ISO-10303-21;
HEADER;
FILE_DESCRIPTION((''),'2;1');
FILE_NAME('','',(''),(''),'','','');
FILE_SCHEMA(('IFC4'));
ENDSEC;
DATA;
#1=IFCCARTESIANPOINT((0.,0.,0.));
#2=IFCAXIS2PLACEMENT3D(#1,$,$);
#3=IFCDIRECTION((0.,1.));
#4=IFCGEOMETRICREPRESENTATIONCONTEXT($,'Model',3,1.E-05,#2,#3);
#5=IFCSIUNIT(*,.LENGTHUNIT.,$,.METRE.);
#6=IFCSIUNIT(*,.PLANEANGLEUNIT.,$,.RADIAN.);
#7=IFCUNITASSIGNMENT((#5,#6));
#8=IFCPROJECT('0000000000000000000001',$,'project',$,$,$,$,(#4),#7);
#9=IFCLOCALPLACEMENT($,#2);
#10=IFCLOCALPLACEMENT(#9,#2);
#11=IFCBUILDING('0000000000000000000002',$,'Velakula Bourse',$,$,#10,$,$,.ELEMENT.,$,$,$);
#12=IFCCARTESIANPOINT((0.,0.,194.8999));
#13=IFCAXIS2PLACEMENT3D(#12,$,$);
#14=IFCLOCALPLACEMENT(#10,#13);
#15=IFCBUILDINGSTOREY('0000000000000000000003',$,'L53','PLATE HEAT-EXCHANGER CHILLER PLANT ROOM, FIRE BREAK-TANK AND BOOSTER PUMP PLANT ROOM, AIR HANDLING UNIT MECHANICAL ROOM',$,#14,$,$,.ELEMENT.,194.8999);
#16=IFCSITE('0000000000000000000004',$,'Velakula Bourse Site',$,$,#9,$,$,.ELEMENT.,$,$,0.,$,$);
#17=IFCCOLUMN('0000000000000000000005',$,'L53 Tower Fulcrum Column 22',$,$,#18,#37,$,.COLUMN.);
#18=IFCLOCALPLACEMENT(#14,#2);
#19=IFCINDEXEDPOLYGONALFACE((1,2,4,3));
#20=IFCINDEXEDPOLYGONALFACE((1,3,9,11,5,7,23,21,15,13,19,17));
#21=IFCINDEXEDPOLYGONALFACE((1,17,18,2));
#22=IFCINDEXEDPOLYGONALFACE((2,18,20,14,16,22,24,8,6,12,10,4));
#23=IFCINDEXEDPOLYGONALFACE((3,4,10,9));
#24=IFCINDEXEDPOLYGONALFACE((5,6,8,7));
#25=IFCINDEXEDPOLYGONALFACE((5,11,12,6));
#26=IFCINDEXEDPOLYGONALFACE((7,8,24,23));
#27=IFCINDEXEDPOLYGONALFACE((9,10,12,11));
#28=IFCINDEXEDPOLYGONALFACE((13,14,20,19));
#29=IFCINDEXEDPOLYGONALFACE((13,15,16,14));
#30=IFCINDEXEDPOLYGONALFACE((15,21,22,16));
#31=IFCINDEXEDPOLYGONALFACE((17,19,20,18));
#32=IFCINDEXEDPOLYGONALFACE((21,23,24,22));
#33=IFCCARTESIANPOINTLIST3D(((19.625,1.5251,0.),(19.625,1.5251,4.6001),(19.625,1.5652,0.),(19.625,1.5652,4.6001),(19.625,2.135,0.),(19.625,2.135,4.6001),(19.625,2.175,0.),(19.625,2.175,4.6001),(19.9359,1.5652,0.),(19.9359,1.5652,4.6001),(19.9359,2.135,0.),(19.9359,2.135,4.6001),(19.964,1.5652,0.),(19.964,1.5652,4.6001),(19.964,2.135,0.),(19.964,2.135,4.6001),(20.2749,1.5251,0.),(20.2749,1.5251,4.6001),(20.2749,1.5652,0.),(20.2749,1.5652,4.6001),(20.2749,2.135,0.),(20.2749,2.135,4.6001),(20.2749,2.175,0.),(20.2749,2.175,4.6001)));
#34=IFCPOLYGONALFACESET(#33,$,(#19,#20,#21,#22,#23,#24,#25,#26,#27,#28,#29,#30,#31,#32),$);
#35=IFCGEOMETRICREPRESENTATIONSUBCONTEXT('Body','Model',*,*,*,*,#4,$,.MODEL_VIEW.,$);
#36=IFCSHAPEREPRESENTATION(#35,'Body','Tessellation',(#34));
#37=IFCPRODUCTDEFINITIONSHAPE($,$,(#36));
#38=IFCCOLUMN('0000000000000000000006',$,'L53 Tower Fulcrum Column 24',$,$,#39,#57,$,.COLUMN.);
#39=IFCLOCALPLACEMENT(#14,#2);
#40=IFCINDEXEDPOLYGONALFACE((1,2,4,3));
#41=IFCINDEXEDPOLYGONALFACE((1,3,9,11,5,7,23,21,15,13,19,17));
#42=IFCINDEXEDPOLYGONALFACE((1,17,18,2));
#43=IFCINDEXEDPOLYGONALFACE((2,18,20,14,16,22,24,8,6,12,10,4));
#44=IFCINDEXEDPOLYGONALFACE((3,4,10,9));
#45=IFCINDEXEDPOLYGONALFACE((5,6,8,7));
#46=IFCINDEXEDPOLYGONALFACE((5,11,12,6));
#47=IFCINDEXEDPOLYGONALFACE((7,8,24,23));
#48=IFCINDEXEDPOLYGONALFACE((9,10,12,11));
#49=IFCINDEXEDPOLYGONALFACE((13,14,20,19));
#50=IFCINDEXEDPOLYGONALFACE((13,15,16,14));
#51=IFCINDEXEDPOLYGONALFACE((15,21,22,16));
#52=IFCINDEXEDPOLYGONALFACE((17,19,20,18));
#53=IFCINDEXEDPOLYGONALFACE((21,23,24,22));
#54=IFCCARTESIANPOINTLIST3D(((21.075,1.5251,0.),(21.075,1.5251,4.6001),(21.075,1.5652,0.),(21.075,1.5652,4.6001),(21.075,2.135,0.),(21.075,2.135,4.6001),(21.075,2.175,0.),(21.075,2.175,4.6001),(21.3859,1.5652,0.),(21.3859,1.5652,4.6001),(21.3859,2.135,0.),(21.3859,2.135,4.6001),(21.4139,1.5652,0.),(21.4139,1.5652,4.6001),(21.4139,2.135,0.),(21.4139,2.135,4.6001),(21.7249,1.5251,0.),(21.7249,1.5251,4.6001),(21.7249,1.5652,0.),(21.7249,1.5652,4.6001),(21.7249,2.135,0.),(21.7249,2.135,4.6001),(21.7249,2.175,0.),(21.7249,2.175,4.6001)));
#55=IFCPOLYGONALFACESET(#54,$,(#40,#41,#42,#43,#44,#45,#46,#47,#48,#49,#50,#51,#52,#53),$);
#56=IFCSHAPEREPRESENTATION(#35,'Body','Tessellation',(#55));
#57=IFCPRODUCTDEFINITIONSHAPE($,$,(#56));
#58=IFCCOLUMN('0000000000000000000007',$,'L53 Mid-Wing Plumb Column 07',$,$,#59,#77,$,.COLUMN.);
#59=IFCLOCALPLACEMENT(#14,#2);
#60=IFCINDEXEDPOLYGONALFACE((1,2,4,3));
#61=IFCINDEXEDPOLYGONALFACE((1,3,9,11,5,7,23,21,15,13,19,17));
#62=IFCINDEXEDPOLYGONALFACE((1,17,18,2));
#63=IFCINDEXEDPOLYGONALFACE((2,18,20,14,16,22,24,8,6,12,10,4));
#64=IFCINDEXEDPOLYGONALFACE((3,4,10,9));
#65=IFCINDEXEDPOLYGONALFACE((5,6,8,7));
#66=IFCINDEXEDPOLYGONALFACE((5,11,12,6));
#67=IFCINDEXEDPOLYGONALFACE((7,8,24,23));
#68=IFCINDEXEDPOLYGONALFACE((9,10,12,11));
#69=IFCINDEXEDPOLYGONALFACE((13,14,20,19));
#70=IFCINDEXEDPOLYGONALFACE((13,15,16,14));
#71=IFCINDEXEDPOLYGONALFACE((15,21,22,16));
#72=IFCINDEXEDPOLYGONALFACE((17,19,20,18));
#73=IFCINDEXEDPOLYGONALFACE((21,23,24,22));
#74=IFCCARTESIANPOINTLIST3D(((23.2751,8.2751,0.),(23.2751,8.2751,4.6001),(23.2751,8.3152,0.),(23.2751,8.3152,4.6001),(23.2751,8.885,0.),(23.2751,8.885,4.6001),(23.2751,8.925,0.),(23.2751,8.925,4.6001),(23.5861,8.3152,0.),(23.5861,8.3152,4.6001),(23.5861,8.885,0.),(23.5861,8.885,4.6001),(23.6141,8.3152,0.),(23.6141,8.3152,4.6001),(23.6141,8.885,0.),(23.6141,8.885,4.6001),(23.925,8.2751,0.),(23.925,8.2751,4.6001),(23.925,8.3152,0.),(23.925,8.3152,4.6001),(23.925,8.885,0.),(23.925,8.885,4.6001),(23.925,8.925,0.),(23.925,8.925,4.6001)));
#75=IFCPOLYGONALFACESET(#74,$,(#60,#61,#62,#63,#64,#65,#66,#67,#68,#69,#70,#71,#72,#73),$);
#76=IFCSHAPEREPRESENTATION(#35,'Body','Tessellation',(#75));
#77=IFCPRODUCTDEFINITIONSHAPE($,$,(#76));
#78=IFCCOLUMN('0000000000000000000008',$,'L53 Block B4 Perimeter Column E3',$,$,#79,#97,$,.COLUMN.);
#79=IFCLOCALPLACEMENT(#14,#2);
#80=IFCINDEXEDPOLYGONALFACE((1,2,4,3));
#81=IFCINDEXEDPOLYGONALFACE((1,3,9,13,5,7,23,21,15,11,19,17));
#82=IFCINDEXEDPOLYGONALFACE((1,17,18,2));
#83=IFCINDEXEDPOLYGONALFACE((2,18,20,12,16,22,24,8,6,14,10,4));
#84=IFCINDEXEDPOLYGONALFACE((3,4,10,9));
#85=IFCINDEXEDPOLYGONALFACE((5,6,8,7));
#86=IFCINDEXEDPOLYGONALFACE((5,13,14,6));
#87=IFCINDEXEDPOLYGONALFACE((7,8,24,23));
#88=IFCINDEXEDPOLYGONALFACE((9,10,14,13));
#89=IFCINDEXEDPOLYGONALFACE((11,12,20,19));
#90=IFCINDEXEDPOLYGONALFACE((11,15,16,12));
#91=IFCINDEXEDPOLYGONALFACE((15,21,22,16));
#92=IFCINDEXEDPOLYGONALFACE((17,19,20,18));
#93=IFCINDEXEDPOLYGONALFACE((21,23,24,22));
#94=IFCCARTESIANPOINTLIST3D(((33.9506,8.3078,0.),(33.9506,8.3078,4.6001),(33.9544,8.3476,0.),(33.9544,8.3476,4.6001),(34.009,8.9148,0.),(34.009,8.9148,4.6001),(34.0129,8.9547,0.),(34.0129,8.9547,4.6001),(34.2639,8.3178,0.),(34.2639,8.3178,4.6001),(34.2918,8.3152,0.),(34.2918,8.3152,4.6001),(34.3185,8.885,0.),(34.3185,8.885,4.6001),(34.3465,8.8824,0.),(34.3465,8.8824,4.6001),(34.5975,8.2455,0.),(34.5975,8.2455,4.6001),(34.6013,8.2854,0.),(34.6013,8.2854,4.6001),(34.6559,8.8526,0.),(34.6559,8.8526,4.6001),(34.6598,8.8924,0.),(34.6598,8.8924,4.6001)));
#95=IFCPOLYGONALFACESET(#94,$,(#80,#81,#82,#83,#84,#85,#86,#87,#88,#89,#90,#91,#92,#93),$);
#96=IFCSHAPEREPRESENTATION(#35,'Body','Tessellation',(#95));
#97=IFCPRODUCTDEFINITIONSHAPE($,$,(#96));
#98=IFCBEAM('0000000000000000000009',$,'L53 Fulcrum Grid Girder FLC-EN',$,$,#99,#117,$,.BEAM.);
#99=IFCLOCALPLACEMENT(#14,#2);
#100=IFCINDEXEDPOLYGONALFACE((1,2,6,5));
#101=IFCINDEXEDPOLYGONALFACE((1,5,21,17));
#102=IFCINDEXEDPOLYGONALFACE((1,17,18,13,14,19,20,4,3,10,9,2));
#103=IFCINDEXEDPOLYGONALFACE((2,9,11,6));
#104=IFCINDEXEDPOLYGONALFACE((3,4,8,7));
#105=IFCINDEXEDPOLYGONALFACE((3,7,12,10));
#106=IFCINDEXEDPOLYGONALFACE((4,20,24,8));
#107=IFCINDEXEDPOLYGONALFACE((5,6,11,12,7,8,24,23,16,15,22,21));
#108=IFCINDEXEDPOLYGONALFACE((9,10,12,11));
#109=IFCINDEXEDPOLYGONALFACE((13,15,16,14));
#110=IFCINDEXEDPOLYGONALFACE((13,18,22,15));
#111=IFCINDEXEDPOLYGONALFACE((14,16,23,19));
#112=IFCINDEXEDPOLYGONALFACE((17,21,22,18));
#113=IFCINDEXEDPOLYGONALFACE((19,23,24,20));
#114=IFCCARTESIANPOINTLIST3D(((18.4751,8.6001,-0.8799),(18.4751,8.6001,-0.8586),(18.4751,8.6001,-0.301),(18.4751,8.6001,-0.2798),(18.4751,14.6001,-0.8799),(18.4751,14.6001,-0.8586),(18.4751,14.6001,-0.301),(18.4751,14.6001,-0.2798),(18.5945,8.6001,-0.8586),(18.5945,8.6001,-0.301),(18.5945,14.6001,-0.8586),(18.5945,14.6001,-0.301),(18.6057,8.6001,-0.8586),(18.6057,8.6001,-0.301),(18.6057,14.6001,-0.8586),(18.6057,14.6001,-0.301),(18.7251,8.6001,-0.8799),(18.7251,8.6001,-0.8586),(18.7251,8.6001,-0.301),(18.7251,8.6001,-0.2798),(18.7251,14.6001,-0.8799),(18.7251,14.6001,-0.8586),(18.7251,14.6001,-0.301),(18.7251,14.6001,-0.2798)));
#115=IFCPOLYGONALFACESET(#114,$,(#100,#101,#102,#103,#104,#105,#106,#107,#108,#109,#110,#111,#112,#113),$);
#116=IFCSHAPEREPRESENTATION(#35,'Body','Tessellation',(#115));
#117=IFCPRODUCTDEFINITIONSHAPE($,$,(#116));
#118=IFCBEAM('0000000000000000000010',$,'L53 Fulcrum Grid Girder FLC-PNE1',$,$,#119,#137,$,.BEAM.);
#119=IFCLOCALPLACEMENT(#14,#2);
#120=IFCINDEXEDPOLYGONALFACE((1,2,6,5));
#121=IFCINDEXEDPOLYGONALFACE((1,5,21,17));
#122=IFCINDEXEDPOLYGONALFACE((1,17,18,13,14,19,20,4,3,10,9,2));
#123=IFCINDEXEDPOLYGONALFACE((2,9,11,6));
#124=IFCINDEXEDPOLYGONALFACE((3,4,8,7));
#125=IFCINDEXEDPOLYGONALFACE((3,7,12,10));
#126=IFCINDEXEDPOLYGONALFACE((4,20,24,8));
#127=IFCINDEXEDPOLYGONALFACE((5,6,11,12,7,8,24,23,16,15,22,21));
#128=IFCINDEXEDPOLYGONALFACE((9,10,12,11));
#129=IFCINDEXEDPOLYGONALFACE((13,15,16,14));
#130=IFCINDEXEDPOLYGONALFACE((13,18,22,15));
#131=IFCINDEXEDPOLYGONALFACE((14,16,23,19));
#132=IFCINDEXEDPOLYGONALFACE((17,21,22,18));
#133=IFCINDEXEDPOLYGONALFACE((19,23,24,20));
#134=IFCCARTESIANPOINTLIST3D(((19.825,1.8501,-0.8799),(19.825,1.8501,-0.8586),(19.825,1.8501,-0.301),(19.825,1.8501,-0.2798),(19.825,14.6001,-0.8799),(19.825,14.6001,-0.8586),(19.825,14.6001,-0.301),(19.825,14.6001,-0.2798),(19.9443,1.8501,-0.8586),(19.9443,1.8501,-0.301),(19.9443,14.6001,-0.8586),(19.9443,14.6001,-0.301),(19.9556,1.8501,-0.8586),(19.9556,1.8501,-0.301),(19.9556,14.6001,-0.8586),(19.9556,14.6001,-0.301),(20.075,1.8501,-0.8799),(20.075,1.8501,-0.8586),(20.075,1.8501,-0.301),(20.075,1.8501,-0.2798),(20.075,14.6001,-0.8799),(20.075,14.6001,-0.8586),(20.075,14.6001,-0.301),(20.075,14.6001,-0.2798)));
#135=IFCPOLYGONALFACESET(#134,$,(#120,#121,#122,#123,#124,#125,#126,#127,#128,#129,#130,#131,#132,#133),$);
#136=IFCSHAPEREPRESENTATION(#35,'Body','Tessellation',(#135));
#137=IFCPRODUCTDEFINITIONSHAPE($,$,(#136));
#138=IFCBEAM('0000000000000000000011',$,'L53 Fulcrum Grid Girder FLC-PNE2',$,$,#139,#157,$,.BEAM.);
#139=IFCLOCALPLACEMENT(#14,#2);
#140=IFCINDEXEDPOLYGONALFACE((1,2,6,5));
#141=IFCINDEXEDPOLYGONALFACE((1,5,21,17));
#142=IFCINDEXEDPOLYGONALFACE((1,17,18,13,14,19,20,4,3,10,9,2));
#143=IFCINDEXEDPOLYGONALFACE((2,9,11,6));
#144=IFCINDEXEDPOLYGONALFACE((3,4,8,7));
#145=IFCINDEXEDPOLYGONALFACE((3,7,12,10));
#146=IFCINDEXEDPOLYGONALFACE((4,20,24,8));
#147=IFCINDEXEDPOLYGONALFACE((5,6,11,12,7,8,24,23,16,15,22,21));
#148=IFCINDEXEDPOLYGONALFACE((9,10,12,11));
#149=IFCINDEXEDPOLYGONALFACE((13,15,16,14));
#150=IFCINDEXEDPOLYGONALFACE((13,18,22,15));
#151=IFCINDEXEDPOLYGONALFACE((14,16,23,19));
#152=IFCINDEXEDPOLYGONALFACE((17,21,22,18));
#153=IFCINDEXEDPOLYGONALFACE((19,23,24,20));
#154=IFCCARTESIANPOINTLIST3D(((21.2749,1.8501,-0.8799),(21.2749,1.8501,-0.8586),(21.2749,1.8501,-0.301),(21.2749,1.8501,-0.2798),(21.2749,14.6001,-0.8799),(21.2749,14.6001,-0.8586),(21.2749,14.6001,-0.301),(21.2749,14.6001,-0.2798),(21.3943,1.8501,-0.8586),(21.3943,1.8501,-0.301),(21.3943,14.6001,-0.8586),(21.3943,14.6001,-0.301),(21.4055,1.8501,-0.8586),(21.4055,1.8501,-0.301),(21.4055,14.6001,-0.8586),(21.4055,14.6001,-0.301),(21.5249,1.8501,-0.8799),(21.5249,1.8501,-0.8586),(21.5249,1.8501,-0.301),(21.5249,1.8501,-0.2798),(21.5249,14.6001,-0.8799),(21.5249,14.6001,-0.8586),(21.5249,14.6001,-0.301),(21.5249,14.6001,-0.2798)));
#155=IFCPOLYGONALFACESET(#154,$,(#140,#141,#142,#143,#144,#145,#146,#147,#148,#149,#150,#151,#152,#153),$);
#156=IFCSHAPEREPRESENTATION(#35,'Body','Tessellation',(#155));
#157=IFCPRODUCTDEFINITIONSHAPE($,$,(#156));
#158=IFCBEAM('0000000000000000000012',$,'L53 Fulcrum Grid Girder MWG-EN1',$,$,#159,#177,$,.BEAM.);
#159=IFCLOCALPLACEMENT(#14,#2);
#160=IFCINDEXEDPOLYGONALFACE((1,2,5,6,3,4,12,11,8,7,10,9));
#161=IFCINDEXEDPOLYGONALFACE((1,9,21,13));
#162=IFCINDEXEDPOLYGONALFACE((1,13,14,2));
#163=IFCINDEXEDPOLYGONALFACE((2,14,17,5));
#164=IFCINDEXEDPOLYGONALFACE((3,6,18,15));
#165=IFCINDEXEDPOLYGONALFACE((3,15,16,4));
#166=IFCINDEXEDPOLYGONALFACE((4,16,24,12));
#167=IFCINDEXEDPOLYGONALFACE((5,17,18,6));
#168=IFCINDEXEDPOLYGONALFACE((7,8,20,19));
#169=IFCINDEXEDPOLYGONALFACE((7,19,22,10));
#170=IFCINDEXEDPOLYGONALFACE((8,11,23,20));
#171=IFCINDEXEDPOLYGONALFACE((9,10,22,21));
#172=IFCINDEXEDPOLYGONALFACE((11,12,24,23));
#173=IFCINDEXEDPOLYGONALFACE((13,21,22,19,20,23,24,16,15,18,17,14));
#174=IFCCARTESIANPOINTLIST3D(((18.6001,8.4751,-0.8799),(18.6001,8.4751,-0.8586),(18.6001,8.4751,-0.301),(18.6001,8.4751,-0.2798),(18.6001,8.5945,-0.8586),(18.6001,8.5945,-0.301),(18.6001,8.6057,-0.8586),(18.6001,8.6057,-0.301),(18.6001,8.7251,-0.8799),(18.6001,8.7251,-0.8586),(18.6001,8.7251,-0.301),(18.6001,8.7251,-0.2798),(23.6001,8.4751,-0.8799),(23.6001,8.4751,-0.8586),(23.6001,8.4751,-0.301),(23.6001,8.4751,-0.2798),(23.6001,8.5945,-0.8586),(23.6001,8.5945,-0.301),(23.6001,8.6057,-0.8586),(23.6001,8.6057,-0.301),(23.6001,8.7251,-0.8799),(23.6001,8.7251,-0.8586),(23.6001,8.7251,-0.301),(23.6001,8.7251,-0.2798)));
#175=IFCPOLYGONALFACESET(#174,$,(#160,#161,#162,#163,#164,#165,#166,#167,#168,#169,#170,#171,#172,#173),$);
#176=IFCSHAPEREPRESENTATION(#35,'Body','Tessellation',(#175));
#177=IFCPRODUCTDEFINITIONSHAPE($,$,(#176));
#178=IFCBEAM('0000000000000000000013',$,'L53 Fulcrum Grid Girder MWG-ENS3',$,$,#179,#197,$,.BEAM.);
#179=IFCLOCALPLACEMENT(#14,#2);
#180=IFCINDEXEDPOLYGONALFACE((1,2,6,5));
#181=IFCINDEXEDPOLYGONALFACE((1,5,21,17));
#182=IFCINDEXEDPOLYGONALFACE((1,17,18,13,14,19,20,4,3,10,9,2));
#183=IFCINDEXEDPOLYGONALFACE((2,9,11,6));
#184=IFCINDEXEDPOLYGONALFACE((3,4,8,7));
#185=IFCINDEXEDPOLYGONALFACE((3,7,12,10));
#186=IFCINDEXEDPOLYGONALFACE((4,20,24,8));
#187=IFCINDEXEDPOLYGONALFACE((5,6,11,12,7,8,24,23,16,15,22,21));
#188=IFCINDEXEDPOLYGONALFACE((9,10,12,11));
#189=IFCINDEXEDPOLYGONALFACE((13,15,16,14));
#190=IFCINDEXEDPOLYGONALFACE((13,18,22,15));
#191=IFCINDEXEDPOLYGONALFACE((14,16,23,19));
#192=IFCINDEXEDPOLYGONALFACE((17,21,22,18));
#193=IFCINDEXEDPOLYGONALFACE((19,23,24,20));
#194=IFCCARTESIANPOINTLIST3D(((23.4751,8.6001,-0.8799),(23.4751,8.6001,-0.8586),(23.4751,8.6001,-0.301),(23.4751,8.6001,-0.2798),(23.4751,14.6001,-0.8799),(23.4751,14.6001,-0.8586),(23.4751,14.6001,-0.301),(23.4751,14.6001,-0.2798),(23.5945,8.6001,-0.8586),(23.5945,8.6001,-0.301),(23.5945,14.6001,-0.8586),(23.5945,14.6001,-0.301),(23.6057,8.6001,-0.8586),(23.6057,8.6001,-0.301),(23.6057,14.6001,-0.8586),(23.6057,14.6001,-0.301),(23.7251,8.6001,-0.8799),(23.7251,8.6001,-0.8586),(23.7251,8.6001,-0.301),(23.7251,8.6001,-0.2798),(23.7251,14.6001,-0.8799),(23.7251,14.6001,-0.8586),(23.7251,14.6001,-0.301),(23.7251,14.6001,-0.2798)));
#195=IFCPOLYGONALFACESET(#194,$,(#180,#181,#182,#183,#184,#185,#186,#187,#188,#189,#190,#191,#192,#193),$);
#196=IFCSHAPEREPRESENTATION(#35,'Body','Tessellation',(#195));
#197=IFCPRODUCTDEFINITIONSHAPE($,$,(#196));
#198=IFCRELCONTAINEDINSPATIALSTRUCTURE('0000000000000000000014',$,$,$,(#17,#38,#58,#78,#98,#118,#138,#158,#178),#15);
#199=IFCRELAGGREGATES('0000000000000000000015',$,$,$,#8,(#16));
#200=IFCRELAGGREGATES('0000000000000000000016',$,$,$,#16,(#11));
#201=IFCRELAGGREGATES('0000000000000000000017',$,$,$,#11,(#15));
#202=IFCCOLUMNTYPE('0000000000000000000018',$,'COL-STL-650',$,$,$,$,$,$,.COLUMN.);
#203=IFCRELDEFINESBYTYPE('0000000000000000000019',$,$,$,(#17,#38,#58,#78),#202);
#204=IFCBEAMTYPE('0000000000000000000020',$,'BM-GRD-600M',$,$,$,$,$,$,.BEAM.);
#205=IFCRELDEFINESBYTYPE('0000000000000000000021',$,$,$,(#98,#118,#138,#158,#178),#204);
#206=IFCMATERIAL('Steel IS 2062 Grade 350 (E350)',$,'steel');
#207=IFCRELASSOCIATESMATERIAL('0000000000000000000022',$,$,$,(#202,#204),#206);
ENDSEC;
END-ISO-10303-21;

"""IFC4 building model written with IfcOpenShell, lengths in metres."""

from ifc_helpers import new_model, si_unit, direction, frame, origin, origin_2d, place, context, subcontext, project, spatial, i_section, extrude, material, material_profile, profile_set, type_object, element, save


model = new_model("IFC4")

# Units and contexts
model_context = context("Model", 3, precision=1e-05, world=origin(), true_north=direction((0.0, 1.0)))
body_context = subcontext(model_context, "Body", "Model", "MODEL_VIEW")
ifc_project = project(units=[si_unit("LENGTHUNIT", "METRE"), si_unit("PLANEANGLEUNIT", "RADIAN")], contexts=[model_context])

# Site, building, storey
site_placement = place(None, origin())
site = spatial("IfcSite", under=ifc_project, at=site_placement, Name="Velakula Bourse Site", CompositionType="ELEMENT", RefElevation=0.0)
building_placement = place(site_placement, origin())
building = spatial("IfcBuilding", under=site, at=building_placement, Name="Velakula Bourse", CompositionType="ELEMENT")
storey_placement = place(building_placement, frame((0.0, 0.0, 194.8999)))
storey = spatial("IfcBuildingStorey", under=building, at=storey_placement, Name="L53", Description="PLATE HEAT-EXCHANGER CHILLER PLANT ROOM, FIRE BREAK-TANK AND BOOSTER PUMP PLANT ROOM, AIR HANDLING UNIT MECHANICAL ROOM", CompositionType="ELEMENT", Elevation=194.8999)

# Columns
ifc_material_1 = material(Name="Steel IS 2062 Grade 350 (E350)", Category="steel")
ifc_material_profile_1 = material_profile(ifc_material_1, i_section(OverallWidth=0.6499, OverallDepth=0.6499, WebThickness=0.0281, FlangeThickness=0.04, at=origin_2d()), Name="Steel IS 2062 Grade 350 (E350)")
ifc_profile_set_1 = profile_set([ifc_material_profile_1], Name="Steel IS 2062 Grade 350 (E350)")
column_type = type_object("IfcColumnType", Name="COL-STL-650", PredefinedType="COLUMN", material=ifc_profile_set_1)
for number, where, z_axis, x_axis, name in (
    (1, (19.95, 1.8501, 0.0), (0.0, 0.0, 1.0), (1.0, 0.0, 0.0), "L53 Tower Fulcrum Column 22"),
    (2, (21.3999, 1.8501, 0.0), (0.0, 0.0, 1.0), (1.0, 0.0, 0.0), "L53 Tower Fulcrum Column 24"),
    (3, (23.6001, 8.6001, 0.0), (0.0, 0.0, 1.0), (1.0, 0.0, 0.0), "L53 Mid-Wing Plumb Column 07"),
    (4, (34.3052, 8.6001, 0.0), (0.0, 0.0, 1.0), (0.995396, -0.095846, 0.0), "L53 Block B4 Perimeter Column E3"),
):
    element("IfcColumn", number, at=place(storey_placement, frame(where, z_axis=z_axis, x_axis=x_axis)), inside=storey, type_object=column_type, Name=name, PredefinedType="COLUMN", context=body_context, shape_type="SweptSolid", body=[
        extrude(i_section(OverallWidth=0.6499, OverallDepth=0.6499, WebThickness=0.0281, FlangeThickness=0.04, at=origin_2d()), origin(), (0.0, 0.0, 1.0), 4.6001),
    ])

# Beams
ifc_material_profile_2 = material_profile(ifc_material_1, i_section(OverallWidth=0.25, OverallDepth=0.6001, WebThickness=0.0112, FlangeThickness=0.0212, at=origin_2d()), Name="Steel IS 2062 Grade 350 (E350)")
ifc_profile_set_2 = profile_set([ifc_material_profile_2], Name="Steel IS 2062 Grade 350 (E350)")
beam_type_1 = type_object("IfcBeamType", Name="BM-GRD-600M", PredefinedType="BEAM", material=ifc_profile_set_2)
beam_1_placement = place(storey_placement, frame((18.6001, 8.6001, -0.5798), z_axis=(0.0, 1.0, 0.0), x_axis=(-1.0, 0.0, 0.0)))
element("IfcBeam", 5, at=beam_1_placement, inside=storey, type_object=beam_type_1, Name="L53 Fulcrum Grid Girder FLC-EN", PredefinedType="BEAM", context=body_context, shape_type="SweptSolid", body=[
    extrude(i_section(OverallWidth=0.25, OverallDepth=0.6001, WebThickness=0.0112, FlangeThickness=0.0212, at=origin_2d()), origin(), (0.0, 0.0, 1.0), 6.0),
])
for number, where, z_axis, x_axis, name in (
    (6, (19.95, 1.8501, -0.5798), (0.0, 1.0, 0.0), (-1.0, 0.0, 0.0), "L53 Fulcrum Grid Girder FLC-PNE1"),
    (7, (21.3999, 1.8501, -0.5798), (0.0, 1.0, 0.0), (-1.0, 0.0, 0.0), "L53 Fulcrum Grid Girder FLC-PNE2"),
):
    element("IfcBeam", number, at=place(storey_placement, frame(where, z_axis=z_axis, x_axis=x_axis)), inside=storey, type_object=beam_type_1, Name=name, PredefinedType="BEAM", context=body_context, shape_type="SweptSolid", body=[
        extrude(i_section(OverallWidth=0.25, OverallDepth=0.6001, WebThickness=0.0112, FlangeThickness=0.0212, at=origin_2d()), origin(), (0.0, 0.0, 1.0), 12.75),
    ])
beam_2_placement = place(storey_placement, frame((18.6001, 8.6001, -0.5798), z_axis=(1.0, 0.0, 0.0), x_axis=(0.0, 1.0, 0.0)))
element("IfcBeam", 8, at=beam_2_placement, inside=storey, type_object=beam_type_1, Name="L53 Fulcrum Grid Girder MWG-EN1", PredefinedType="BEAM", context=body_context, shape_type="SweptSolid", body=[
    extrude(i_section(OverallWidth=0.25, OverallDepth=0.6001, WebThickness=0.0112, FlangeThickness=0.0212, at=origin_2d()), origin(), (0.0, 0.0, 1.0), 5.0),
])
beam_3_placement = place(storey_placement, frame((23.6001, 8.6001, -0.5798), z_axis=(0.0, 1.0, 0.0), x_axis=(-1.0, 0.0, 0.0)))
element("IfcBeam", 9, at=beam_3_placement, inside=storey, type_object=beam_type_1, Name="L53 Fulcrum Grid Girder MWG-ENS3", PredefinedType="BEAM", context=body_context, shape_type="SweptSolid", body=[
    extrude(i_section(OverallWidth=0.25, OverallDepth=0.6001, WebThickness=0.0112, FlangeThickness=0.0212, at=origin_2d()), origin(), (0.0, 0.0, 1.0), 6.0),
])

save(model, "model.ifc")
